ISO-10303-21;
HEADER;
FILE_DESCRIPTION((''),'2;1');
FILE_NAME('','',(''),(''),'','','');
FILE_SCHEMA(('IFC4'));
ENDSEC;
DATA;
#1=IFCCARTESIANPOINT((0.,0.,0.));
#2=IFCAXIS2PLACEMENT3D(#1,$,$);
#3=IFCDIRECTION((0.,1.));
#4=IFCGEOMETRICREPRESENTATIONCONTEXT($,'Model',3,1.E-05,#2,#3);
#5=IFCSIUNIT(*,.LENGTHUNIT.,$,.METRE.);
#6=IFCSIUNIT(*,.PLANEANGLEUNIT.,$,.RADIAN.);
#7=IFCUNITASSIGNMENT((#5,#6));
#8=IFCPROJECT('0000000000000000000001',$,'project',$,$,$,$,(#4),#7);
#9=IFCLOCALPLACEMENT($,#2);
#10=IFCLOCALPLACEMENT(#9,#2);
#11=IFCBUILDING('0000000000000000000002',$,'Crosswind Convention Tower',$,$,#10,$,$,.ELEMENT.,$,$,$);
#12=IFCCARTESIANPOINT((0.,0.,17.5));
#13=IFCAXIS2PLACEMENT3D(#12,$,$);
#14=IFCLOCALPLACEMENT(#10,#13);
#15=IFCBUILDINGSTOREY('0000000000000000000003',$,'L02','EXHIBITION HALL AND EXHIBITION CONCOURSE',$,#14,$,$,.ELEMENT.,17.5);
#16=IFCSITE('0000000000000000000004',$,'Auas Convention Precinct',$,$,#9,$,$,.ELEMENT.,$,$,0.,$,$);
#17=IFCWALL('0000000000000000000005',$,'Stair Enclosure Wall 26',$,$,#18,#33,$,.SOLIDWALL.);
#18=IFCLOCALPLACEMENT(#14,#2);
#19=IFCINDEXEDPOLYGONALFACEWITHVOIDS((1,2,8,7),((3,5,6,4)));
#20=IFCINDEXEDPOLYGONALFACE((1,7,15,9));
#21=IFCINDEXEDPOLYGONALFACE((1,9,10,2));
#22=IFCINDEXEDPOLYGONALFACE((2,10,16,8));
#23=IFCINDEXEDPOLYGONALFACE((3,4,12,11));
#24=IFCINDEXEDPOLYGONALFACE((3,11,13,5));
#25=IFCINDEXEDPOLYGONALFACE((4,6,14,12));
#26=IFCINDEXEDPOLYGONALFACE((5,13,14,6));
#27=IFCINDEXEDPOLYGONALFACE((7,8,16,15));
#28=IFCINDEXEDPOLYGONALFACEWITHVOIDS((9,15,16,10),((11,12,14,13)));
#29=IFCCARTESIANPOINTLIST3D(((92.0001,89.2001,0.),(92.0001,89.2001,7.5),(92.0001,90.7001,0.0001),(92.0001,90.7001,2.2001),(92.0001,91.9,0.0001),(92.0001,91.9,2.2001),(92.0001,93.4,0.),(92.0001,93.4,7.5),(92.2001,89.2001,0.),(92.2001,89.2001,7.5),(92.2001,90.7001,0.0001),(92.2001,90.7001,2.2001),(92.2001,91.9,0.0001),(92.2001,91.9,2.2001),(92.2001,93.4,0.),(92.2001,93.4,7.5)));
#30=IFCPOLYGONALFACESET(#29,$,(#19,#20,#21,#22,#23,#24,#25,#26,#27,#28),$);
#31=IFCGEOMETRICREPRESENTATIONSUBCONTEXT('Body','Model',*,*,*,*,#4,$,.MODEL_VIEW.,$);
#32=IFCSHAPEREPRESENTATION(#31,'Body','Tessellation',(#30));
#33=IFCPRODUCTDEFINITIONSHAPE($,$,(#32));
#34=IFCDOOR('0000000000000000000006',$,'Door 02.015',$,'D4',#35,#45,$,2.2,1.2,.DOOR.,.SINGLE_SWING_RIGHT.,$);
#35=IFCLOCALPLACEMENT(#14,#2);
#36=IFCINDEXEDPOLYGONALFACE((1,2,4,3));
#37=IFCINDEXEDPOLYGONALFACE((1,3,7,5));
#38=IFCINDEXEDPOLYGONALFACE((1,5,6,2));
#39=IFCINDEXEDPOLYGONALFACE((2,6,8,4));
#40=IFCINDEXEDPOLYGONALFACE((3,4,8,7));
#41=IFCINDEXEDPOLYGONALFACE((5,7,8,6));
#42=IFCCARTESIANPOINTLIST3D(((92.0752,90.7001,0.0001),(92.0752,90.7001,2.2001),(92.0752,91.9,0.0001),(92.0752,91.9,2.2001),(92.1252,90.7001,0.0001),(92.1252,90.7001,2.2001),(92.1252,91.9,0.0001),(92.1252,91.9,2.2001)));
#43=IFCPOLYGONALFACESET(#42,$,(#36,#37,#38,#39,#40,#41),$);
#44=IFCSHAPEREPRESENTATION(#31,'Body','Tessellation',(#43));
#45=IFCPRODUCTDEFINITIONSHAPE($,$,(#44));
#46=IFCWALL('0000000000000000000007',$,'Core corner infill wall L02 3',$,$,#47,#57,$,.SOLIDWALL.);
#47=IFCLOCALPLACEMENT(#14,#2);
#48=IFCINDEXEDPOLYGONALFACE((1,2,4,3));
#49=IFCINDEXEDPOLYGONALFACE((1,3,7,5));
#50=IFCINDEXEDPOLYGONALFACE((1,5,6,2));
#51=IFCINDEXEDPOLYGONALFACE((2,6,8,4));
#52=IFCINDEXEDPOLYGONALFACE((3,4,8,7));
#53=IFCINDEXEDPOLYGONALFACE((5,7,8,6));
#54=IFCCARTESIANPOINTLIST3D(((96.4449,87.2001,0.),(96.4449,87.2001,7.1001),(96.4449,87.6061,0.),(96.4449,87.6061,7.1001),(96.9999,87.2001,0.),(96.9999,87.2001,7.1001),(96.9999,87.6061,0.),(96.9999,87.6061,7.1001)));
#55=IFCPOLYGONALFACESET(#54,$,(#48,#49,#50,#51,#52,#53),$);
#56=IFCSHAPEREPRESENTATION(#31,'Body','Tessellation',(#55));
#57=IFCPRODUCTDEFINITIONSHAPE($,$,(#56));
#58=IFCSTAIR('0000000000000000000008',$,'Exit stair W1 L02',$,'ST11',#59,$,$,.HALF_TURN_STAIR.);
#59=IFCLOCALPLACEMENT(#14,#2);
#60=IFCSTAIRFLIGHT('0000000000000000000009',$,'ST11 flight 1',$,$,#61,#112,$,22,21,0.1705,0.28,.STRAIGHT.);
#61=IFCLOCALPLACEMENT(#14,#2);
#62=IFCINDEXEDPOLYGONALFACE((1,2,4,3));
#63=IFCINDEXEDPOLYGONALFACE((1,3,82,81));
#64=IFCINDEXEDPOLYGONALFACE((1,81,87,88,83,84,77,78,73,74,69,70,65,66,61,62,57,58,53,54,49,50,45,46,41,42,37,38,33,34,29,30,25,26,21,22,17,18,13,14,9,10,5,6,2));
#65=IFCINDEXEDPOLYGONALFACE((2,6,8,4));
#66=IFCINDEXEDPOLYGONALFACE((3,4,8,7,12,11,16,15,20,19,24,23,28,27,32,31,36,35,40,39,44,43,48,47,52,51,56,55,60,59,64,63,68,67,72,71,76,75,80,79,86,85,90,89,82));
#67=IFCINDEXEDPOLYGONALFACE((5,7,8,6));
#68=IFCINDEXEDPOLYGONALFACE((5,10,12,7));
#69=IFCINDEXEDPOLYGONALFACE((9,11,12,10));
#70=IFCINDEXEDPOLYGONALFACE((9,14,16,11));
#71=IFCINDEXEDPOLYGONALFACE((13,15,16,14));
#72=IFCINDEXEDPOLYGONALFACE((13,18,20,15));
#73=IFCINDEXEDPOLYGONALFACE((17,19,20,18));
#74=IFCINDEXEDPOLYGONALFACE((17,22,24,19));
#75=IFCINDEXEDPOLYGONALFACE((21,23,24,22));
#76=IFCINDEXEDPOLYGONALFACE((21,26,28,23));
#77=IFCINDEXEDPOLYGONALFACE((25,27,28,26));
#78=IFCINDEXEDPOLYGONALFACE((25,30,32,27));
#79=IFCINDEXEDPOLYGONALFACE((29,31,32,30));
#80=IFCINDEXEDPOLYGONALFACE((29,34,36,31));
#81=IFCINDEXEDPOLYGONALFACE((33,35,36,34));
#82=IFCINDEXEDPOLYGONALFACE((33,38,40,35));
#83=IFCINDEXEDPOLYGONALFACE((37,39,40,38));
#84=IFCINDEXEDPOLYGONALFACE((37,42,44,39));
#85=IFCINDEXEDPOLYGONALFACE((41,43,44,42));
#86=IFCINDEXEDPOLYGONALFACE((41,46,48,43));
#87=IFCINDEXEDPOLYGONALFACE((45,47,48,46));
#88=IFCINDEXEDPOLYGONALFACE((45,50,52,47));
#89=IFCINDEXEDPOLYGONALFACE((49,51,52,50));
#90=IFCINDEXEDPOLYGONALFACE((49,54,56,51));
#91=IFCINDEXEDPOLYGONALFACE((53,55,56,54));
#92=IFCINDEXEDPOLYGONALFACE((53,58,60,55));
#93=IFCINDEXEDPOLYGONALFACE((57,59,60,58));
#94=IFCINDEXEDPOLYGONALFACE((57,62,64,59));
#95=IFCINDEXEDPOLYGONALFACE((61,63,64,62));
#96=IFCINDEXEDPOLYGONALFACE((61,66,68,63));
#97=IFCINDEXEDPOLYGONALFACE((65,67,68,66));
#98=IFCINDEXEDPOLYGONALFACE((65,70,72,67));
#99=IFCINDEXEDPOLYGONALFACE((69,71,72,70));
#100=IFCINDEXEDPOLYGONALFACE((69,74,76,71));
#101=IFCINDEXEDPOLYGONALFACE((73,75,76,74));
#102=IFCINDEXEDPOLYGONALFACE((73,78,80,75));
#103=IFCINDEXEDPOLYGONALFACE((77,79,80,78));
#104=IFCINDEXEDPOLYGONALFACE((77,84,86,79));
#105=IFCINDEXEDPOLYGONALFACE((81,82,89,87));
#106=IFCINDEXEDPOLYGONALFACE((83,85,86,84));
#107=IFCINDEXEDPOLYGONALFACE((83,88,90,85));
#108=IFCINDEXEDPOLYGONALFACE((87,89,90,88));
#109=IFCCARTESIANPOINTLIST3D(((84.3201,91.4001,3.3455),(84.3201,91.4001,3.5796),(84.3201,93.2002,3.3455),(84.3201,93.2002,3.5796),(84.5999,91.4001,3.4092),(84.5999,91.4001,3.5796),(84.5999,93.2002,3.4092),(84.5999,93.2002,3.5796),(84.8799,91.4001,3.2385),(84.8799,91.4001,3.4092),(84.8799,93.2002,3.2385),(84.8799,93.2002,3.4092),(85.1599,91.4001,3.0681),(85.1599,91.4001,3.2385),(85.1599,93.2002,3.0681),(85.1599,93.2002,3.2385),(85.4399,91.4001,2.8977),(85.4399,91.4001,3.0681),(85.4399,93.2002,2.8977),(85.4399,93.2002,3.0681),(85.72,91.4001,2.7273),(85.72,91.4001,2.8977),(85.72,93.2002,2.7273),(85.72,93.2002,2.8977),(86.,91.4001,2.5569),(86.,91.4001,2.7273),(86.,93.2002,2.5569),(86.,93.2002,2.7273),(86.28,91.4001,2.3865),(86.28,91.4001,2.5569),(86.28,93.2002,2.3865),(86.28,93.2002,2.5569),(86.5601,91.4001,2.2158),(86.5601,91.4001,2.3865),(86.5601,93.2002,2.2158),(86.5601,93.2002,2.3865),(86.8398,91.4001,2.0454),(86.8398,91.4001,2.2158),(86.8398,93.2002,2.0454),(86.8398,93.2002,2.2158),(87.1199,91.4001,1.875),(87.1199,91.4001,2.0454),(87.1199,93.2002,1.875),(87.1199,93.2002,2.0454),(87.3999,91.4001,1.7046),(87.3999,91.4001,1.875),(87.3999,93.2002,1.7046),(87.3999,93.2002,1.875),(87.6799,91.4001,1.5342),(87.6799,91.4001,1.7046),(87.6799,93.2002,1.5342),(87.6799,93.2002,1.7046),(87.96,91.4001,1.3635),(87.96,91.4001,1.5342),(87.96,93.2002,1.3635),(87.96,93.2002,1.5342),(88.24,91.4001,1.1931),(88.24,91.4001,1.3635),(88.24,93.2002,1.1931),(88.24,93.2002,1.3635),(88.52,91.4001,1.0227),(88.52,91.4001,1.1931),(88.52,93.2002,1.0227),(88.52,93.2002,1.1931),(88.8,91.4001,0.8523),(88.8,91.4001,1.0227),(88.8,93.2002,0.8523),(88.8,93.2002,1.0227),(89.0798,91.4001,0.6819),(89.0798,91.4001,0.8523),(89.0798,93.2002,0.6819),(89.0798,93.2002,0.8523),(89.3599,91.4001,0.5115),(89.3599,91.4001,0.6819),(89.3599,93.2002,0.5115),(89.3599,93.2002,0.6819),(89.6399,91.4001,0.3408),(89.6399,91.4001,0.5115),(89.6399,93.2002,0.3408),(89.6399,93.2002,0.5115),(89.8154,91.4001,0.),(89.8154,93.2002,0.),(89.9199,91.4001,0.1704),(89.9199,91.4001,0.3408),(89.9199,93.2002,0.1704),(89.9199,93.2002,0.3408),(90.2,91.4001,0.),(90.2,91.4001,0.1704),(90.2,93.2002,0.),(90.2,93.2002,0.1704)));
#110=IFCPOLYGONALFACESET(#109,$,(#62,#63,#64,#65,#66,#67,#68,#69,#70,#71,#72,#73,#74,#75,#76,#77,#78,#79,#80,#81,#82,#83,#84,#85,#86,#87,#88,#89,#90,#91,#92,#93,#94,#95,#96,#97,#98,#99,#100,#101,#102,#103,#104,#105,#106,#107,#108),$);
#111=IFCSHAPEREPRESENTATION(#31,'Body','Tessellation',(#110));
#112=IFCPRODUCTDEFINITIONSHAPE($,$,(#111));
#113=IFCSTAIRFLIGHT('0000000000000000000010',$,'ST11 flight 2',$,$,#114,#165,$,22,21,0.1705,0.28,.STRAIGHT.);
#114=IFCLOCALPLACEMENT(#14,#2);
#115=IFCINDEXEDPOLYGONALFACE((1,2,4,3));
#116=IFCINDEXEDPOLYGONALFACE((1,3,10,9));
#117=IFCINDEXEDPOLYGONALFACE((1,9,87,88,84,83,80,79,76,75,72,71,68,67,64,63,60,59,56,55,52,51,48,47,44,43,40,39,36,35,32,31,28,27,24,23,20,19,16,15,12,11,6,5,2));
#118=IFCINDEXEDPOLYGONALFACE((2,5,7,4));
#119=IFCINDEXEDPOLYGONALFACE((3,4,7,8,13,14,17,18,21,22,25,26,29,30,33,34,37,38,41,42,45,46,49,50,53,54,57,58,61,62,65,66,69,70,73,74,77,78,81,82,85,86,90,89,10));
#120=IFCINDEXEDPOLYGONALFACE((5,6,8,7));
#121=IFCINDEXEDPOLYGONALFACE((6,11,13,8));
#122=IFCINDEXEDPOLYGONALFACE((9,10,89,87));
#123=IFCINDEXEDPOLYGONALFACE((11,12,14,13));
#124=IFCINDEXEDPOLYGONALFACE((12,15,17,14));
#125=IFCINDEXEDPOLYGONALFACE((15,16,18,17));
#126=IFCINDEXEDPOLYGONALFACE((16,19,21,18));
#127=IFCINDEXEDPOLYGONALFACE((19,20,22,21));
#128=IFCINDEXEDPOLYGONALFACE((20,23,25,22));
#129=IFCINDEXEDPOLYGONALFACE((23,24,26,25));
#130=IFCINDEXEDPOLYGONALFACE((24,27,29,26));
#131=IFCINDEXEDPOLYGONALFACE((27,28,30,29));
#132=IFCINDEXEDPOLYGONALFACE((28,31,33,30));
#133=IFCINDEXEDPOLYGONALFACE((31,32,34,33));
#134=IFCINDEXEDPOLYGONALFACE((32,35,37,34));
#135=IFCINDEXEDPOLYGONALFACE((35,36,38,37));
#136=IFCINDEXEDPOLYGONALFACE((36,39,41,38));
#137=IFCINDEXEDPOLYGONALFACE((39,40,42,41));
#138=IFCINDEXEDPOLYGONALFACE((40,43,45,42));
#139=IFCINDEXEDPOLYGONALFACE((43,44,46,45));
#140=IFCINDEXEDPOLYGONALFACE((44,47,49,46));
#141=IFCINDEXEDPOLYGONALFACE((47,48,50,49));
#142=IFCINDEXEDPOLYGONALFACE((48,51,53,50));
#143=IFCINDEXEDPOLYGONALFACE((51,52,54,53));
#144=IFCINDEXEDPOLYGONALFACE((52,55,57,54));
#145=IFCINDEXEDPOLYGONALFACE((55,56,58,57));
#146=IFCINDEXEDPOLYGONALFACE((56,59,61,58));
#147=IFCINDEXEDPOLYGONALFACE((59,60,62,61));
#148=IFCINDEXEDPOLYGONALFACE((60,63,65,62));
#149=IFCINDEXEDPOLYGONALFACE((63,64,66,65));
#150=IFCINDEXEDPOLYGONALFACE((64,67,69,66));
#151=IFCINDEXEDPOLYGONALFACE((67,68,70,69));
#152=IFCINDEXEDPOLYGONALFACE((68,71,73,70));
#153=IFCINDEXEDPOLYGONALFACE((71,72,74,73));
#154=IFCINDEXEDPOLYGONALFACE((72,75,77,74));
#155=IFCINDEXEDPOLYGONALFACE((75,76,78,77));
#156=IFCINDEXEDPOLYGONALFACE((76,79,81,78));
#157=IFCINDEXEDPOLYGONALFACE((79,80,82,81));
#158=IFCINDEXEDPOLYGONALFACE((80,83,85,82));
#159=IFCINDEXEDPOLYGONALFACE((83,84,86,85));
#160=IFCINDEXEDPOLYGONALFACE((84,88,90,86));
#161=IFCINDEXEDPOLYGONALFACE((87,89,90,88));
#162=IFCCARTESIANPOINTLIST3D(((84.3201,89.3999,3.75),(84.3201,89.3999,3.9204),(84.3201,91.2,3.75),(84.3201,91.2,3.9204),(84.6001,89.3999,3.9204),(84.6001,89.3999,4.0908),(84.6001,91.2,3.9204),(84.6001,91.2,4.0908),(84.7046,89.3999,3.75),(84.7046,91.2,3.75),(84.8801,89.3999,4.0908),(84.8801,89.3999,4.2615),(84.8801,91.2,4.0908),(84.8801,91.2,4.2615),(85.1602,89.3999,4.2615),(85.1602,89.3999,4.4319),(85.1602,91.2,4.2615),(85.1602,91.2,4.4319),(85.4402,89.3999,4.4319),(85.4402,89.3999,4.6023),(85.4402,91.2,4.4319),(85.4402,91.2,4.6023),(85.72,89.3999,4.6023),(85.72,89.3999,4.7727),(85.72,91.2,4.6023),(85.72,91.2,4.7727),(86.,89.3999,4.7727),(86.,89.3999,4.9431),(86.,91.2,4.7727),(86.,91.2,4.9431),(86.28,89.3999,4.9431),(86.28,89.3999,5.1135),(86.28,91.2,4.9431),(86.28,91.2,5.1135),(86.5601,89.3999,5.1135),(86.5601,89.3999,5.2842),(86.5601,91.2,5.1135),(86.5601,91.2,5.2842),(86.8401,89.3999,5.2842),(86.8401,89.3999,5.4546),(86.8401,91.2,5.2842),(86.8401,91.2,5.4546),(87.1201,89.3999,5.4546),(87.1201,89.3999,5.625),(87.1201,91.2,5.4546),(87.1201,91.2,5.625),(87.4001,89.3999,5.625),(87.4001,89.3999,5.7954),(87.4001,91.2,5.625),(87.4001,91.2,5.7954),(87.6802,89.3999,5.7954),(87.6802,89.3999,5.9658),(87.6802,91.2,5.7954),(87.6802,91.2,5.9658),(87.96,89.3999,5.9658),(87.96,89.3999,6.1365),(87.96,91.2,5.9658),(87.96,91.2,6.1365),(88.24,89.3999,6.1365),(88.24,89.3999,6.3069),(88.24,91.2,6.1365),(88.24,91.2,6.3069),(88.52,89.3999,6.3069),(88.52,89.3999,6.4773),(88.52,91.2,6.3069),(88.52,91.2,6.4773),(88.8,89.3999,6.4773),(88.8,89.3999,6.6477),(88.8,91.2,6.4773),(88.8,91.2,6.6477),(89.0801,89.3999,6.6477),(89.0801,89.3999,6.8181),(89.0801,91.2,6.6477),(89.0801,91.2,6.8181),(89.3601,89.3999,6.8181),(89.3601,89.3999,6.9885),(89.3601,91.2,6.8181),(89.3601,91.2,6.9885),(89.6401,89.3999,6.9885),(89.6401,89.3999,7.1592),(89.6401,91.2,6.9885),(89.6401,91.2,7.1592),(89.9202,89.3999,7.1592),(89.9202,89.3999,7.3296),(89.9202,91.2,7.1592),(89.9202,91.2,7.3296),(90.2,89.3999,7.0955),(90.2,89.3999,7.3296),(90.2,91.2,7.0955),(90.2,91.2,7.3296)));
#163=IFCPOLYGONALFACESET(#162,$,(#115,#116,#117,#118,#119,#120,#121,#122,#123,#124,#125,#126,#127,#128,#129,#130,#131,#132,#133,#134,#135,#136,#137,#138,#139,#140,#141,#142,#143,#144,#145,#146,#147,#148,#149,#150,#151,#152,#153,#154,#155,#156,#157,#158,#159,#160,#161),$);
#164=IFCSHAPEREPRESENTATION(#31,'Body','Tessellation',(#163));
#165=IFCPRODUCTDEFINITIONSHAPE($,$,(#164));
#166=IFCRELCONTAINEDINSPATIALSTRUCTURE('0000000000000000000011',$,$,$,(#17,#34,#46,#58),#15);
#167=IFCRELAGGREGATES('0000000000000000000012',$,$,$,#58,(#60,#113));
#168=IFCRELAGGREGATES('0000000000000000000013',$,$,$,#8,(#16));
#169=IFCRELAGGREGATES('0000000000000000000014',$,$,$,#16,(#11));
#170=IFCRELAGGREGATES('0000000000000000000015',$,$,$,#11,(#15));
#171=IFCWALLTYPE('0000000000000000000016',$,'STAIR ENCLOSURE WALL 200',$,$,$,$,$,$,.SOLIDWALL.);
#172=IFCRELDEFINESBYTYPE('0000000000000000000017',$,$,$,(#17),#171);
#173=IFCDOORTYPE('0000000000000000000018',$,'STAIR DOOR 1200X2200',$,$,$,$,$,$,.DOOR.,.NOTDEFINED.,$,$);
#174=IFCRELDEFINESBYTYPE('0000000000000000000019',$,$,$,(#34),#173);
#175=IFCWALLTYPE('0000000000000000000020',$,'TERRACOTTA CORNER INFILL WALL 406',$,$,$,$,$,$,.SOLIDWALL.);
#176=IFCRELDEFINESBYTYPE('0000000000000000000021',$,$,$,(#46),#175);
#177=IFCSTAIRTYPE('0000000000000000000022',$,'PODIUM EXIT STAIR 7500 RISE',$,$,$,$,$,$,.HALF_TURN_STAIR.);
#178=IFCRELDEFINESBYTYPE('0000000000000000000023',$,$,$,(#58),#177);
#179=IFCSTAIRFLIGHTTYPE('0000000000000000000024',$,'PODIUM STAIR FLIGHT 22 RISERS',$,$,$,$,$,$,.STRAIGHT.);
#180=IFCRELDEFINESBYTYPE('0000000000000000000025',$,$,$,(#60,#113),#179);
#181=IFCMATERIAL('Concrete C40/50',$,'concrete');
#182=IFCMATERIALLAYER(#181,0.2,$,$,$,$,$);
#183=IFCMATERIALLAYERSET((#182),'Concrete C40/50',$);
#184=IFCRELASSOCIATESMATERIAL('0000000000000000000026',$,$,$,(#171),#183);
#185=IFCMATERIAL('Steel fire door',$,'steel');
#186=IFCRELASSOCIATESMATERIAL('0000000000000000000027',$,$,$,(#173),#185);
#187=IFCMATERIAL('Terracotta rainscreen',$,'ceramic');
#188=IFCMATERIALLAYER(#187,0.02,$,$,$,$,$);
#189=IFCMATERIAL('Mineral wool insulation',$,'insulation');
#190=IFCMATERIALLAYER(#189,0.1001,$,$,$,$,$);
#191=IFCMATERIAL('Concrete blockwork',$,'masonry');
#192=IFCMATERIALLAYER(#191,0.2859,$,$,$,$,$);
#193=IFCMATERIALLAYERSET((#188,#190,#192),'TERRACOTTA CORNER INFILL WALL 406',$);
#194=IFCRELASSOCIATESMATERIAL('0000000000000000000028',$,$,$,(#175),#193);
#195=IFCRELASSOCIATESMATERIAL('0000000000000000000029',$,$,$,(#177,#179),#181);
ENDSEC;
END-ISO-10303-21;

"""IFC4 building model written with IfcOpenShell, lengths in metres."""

from ifc_helpers import new_model, si_unit, direction, frame, frame_2d, origin, place, context, subcontext, project, spatial, polyline, rectangle, outline, extrude, material, layer, layer_set, type_object, element, fill, aggregate, save


model = new_model("IFC4")

# Units and contexts
model_context = context("Model", 3, precision=1e-05, world=origin(), true_north=direction((0.0, 1.0)))
body_context = subcontext(model_context, "Body", "Model", "MODEL_VIEW")
ifc_project = project(units=[si_unit("LENGTHUNIT", "METRE"), si_unit("PLANEANGLEUNIT", "RADIAN")], contexts=[model_context])

# Site, building, storey
site_placement = place(None, origin())
site = spatial("IfcSite", under=ifc_project, at=site_placement, Name="Auas Convention Precinct", CompositionType="ELEMENT", RefElevation=0.0)
building_placement = place(site_placement, origin())
building = spatial("IfcBuilding", under=site, at=building_placement, Name="Crosswind Convention Tower", CompositionType="ELEMENT")
storey_placement = place(building_placement, frame((0.0, 0.0, 17.5)))
storey = spatial("IfcBuildingStorey", under=building, at=storey_placement, Name="L02", Description="EXHIBITION HALL AND EXHIBITION CONCOURSE", CompositionType="ELEMENT", Elevation=17.5)

# Shared definitions
ifc_material_1 = material(Name="Concrete C40/50", Category="concrete")
ifc_layer_1 = layer(ifc_material_1, 0.2)
ifc_layer_set_1 = layer_set([ifc_layer_1], Name="Concrete C40/50")
wall_type_1 = type_object("IfcWallType", Name="STAIR ENCLOSURE WALL 200", PredefinedType="SOLIDWALL", material=ifc_layer_set_1)

# Wall, opening, door
wall_1_placement = place(storey_placement, frame((92.1001, 89.2, 0.0), z_axis=(0.0, 0.0, 1.0), x_axis=(0.0, 1.0, 0.0)))
wall_1 = element("IfcWall", 1, at=wall_1_placement, inside=storey, type_object=wall_type_1, Name="Stair Enclosure Wall 26", PredefinedType="SOLIDWALL", context=body_context, shape_type="SweptSolid", body=[
    extrude(rectangle(XDim=4.2, YDim=0.2, at=frame_2d((2.1001, 0.0))), origin(), (0.0, 0.0, 1.0), 7.5),
])
opening_placement = place(wall_1_placement, frame((1.5, 0.0, 0.0)))
opening = element("IfcOpeningElement", 2, at=opening_placement, cuts=wall_1, PredefinedType="OPENING", context=body_context, shape_type="SweptSolid", body=[
    extrude(rectangle(XDim=1.2, YDim=2.2, at=frame_2d((0.6001, 1.1001))), frame((0.0, 0.1099, 0.0), z_axis=(0.0, -1.0, 0.0), x_axis=(1.0, 0.0, 0.0)), (0.0, 0.0, 1.0), 0.22),
])
ifc_material_2 = material(Name="Steel fire door", Category="steel")
door_type = type_object("IfcDoorType", Name="STAIR DOOR 1200X2200", OperationType="NOTDEFINED", PredefinedType="DOOR", material=ifc_material_2)
door_placement = place(opening_placement, origin())
door = element("IfcDoor", 3, at=door_placement, inside=storey, type_object=door_type, Name="Door 02.015", ObjectType="D4", OperationType="SINGLE_SWING_RIGHT", OverallHeight=2.2, OverallWidth=1.2, PredefinedType="DOOR", context=body_context, shape_type="SweptSolid", body=[
    extrude(rectangle(XDim=1.2, YDim=2.2, at=frame_2d((0.6001, 1.1001))), frame((0.0, 0.0249, 0.0), z_axis=(0.0, -1.0, 0.0), x_axis=(1.0, 0.0, 0.0)), (0.0, 0.0, 1.0), 0.05),
])
fill(opening, door)

# Wall
ifc_material_3 = material(Name="Terracotta rainscreen", Category="ceramic")
ifc_layer_2 = layer(ifc_material_3, 0.02)
ifc_material_4 = material(Name="Mineral wool insulation", Category="insulation")
ifc_layer_3 = layer(ifc_material_4, 0.1001)
ifc_material_5 = material(Name="Concrete blockwork", Category="masonry")
ifc_layer_4 = layer(ifc_material_5, 0.2859)
ifc_layer_set_2 = layer_set([ifc_layer_2, ifc_layer_3, ifc_layer_4], Name="TERRACOTTA CORNER INFILL WALL 406")
wall_type_2 = type_object("IfcWallType", Name="TERRACOTTA CORNER INFILL WALL 406", PredefinedType="SOLIDWALL", material=ifc_layer_set_2)
wall_2_placement = place(storey_placement, frame((96.4451, 87.4031, 0.0), z_axis=(0.0, 0.0, 1.0), x_axis=(1.0, 0.0, 0.0)))
element("IfcWall", 4, at=wall_2_placement, inside=storey, type_object=wall_type_2, Name="Core corner infill wall L02 3", PredefinedType="SOLIDWALL", context=body_context, shape_type="SweptSolid", body=[
    extrude(rectangle(XDim=0.5549, YDim=0.406, at=frame_2d((0.2773, 0.0))), origin(), (0.0, 0.0, 1.0), 7.1001),
])

# Stair, stair flights
stair_type = type_object("IfcStairType", Name="PODIUM EXIT STAIR 7500 RISE", PredefinedType="HALF_TURN_STAIR", material=ifc_material_1)
stair_placement = place(storey_placement, origin())
stair = element("IfcStair", 5, at=stair_placement, inside=storey, type_object=stair_type, Name="Exit stair W1 L02", ObjectType="ST11", PredefinedType="HALF_TURN_STAIR")
stair_flight_type = type_object("IfcStairFlightType", Name="PODIUM STAIR FLIGHT 22 RISERS", PredefinedType="STRAIGHT", material=ifc_material_1)
stair_flight_1_placement = place(storey_placement, frame((90.2, 92.3, 0.0), z_axis=(0.0, 0.0, 1.0), x_axis=(-1.0, 0.0, 0.0)))
stair_flight_1 = element("IfcStairFlight", 6, at=stair_flight_1_placement, type_object=stair_flight_type, Name="ST11 flight 1", NumberOfRisers=22, NumberOfTreads=21, PredefinedType="STRAIGHT", RiserHeight=0.1705, TreadLength=0.28, context=body_context, shape_type="SweptSolid", body=[
    extrude(outline(polyline([(0.0, 0.0), (0.0, 0.1704), (0.28, 0.1704), (0.28, 0.3408), (0.5601, 0.3408), (0.5601, 0.5115), (0.8401, 0.5115), (0.8401, 0.6819), (1.1201, 0.6819), (1.1201, 0.8523), (1.3999, 0.8523), (1.3999, 1.0227), (1.6799, 1.0227), (1.6799, 1.1931), (1.96, 1.1931), (1.96, 1.3635), (2.24, 1.3635), (2.24, 1.5342), (2.52, 1.5342), (2.52, 1.7046), (2.8, 1.7046), (2.8, 1.875), (3.0801, 1.875), (3.0801, 2.0454), (3.3601, 2.0454), (3.3601, 2.2158), (3.6399, 2.2158), (3.6399, 2.3865), (3.9199, 2.3865), (3.9199, 2.5569), (4.2, 2.5569), (4.2, 2.7273), (4.48, 2.7273), (4.48, 2.8977), (4.76, 2.8977), (4.76, 3.0681), (5.04, 3.0681), (5.04, 3.2385), (5.3201, 3.2385), (5.3201, 3.4092), (5.6001, 3.4092), (5.6001, 3.5796), (5.8799, 3.5796), (5.8799, 3.75), (5.8799, 3.3455), (0.3845, 0.0), (0.0, 0.0)])), frame((0.0, 0.8999, 0.0), z_axis=(0.0, -1.0, 0.0), x_axis=(1.0, 0.0, 0.0)), (0.0, 0.0, 1.0), 1.8),
])
stair_flight_2_placement = place(storey_placement, frame((84.3201, 90.3, 3.75), z_axis=(0.0, 0.0, 1.0), x_axis=(1.0, 0.0, 0.0)))
stair_flight_2 = element("IfcStairFlight", 7, at=stair_flight_2_placement, type_object=stair_flight_type, Name="ST11 flight 2", NumberOfRisers=22, NumberOfTreads=21, PredefinedType="STRAIGHT", RiserHeight=0.1705, TreadLength=0.28, context=body_context, shape_type="SweptSolid", body=[
    extrude(outline(polyline([(0.0, 0.0), (0.0, 0.1704), (0.28, 0.1704), (0.28, 0.3408), (0.5601, 0.3408), (0.5601, 0.5115), (0.8401, 0.5115), (0.8401, 0.6819), (1.1201, 0.6819), (1.1201, 0.8523), (1.3999, 0.8523), (1.3999, 1.0227), (1.6799, 1.0227), (1.6799, 1.1931), (1.96, 1.1931), (1.96, 1.3635), (2.24, 1.3635), (2.24, 1.5342), (2.52, 1.5342), (2.52, 1.7046), (2.8, 1.7046), (2.8, 1.875), (3.0801, 1.875), (3.0801, 2.0454), (3.3601, 2.0454), (3.3601, 2.2158), (3.6399, 2.2158), (3.6399, 2.3865), (3.9199, 2.3865), (3.9199, 2.5569), (4.2, 2.5569), (4.2, 2.7273), (4.48, 2.7273), (4.48, 2.8977), (4.76, 2.8977), (4.76, 3.0681), (5.04, 3.0681), (5.04, 3.2385), (5.3201, 3.2385), (5.3201, 3.4092), (5.6001, 3.4092), (5.6001, 3.5796), (5.8799, 3.5796), (5.8799, 3.75), (5.8799, 3.3455), (0.3845, 0.0), (0.0, 0.0)])), frame((0.0, 0.8999, 0.0), z_axis=(0.0, -1.0, 0.0), x_axis=(1.0, 0.0, 0.0)), (0.0, 0.0, 1.0), 1.8),
])
aggregate(stair, [stair_flight_1, stair_flight_2])

save(model, "model.ifc")
